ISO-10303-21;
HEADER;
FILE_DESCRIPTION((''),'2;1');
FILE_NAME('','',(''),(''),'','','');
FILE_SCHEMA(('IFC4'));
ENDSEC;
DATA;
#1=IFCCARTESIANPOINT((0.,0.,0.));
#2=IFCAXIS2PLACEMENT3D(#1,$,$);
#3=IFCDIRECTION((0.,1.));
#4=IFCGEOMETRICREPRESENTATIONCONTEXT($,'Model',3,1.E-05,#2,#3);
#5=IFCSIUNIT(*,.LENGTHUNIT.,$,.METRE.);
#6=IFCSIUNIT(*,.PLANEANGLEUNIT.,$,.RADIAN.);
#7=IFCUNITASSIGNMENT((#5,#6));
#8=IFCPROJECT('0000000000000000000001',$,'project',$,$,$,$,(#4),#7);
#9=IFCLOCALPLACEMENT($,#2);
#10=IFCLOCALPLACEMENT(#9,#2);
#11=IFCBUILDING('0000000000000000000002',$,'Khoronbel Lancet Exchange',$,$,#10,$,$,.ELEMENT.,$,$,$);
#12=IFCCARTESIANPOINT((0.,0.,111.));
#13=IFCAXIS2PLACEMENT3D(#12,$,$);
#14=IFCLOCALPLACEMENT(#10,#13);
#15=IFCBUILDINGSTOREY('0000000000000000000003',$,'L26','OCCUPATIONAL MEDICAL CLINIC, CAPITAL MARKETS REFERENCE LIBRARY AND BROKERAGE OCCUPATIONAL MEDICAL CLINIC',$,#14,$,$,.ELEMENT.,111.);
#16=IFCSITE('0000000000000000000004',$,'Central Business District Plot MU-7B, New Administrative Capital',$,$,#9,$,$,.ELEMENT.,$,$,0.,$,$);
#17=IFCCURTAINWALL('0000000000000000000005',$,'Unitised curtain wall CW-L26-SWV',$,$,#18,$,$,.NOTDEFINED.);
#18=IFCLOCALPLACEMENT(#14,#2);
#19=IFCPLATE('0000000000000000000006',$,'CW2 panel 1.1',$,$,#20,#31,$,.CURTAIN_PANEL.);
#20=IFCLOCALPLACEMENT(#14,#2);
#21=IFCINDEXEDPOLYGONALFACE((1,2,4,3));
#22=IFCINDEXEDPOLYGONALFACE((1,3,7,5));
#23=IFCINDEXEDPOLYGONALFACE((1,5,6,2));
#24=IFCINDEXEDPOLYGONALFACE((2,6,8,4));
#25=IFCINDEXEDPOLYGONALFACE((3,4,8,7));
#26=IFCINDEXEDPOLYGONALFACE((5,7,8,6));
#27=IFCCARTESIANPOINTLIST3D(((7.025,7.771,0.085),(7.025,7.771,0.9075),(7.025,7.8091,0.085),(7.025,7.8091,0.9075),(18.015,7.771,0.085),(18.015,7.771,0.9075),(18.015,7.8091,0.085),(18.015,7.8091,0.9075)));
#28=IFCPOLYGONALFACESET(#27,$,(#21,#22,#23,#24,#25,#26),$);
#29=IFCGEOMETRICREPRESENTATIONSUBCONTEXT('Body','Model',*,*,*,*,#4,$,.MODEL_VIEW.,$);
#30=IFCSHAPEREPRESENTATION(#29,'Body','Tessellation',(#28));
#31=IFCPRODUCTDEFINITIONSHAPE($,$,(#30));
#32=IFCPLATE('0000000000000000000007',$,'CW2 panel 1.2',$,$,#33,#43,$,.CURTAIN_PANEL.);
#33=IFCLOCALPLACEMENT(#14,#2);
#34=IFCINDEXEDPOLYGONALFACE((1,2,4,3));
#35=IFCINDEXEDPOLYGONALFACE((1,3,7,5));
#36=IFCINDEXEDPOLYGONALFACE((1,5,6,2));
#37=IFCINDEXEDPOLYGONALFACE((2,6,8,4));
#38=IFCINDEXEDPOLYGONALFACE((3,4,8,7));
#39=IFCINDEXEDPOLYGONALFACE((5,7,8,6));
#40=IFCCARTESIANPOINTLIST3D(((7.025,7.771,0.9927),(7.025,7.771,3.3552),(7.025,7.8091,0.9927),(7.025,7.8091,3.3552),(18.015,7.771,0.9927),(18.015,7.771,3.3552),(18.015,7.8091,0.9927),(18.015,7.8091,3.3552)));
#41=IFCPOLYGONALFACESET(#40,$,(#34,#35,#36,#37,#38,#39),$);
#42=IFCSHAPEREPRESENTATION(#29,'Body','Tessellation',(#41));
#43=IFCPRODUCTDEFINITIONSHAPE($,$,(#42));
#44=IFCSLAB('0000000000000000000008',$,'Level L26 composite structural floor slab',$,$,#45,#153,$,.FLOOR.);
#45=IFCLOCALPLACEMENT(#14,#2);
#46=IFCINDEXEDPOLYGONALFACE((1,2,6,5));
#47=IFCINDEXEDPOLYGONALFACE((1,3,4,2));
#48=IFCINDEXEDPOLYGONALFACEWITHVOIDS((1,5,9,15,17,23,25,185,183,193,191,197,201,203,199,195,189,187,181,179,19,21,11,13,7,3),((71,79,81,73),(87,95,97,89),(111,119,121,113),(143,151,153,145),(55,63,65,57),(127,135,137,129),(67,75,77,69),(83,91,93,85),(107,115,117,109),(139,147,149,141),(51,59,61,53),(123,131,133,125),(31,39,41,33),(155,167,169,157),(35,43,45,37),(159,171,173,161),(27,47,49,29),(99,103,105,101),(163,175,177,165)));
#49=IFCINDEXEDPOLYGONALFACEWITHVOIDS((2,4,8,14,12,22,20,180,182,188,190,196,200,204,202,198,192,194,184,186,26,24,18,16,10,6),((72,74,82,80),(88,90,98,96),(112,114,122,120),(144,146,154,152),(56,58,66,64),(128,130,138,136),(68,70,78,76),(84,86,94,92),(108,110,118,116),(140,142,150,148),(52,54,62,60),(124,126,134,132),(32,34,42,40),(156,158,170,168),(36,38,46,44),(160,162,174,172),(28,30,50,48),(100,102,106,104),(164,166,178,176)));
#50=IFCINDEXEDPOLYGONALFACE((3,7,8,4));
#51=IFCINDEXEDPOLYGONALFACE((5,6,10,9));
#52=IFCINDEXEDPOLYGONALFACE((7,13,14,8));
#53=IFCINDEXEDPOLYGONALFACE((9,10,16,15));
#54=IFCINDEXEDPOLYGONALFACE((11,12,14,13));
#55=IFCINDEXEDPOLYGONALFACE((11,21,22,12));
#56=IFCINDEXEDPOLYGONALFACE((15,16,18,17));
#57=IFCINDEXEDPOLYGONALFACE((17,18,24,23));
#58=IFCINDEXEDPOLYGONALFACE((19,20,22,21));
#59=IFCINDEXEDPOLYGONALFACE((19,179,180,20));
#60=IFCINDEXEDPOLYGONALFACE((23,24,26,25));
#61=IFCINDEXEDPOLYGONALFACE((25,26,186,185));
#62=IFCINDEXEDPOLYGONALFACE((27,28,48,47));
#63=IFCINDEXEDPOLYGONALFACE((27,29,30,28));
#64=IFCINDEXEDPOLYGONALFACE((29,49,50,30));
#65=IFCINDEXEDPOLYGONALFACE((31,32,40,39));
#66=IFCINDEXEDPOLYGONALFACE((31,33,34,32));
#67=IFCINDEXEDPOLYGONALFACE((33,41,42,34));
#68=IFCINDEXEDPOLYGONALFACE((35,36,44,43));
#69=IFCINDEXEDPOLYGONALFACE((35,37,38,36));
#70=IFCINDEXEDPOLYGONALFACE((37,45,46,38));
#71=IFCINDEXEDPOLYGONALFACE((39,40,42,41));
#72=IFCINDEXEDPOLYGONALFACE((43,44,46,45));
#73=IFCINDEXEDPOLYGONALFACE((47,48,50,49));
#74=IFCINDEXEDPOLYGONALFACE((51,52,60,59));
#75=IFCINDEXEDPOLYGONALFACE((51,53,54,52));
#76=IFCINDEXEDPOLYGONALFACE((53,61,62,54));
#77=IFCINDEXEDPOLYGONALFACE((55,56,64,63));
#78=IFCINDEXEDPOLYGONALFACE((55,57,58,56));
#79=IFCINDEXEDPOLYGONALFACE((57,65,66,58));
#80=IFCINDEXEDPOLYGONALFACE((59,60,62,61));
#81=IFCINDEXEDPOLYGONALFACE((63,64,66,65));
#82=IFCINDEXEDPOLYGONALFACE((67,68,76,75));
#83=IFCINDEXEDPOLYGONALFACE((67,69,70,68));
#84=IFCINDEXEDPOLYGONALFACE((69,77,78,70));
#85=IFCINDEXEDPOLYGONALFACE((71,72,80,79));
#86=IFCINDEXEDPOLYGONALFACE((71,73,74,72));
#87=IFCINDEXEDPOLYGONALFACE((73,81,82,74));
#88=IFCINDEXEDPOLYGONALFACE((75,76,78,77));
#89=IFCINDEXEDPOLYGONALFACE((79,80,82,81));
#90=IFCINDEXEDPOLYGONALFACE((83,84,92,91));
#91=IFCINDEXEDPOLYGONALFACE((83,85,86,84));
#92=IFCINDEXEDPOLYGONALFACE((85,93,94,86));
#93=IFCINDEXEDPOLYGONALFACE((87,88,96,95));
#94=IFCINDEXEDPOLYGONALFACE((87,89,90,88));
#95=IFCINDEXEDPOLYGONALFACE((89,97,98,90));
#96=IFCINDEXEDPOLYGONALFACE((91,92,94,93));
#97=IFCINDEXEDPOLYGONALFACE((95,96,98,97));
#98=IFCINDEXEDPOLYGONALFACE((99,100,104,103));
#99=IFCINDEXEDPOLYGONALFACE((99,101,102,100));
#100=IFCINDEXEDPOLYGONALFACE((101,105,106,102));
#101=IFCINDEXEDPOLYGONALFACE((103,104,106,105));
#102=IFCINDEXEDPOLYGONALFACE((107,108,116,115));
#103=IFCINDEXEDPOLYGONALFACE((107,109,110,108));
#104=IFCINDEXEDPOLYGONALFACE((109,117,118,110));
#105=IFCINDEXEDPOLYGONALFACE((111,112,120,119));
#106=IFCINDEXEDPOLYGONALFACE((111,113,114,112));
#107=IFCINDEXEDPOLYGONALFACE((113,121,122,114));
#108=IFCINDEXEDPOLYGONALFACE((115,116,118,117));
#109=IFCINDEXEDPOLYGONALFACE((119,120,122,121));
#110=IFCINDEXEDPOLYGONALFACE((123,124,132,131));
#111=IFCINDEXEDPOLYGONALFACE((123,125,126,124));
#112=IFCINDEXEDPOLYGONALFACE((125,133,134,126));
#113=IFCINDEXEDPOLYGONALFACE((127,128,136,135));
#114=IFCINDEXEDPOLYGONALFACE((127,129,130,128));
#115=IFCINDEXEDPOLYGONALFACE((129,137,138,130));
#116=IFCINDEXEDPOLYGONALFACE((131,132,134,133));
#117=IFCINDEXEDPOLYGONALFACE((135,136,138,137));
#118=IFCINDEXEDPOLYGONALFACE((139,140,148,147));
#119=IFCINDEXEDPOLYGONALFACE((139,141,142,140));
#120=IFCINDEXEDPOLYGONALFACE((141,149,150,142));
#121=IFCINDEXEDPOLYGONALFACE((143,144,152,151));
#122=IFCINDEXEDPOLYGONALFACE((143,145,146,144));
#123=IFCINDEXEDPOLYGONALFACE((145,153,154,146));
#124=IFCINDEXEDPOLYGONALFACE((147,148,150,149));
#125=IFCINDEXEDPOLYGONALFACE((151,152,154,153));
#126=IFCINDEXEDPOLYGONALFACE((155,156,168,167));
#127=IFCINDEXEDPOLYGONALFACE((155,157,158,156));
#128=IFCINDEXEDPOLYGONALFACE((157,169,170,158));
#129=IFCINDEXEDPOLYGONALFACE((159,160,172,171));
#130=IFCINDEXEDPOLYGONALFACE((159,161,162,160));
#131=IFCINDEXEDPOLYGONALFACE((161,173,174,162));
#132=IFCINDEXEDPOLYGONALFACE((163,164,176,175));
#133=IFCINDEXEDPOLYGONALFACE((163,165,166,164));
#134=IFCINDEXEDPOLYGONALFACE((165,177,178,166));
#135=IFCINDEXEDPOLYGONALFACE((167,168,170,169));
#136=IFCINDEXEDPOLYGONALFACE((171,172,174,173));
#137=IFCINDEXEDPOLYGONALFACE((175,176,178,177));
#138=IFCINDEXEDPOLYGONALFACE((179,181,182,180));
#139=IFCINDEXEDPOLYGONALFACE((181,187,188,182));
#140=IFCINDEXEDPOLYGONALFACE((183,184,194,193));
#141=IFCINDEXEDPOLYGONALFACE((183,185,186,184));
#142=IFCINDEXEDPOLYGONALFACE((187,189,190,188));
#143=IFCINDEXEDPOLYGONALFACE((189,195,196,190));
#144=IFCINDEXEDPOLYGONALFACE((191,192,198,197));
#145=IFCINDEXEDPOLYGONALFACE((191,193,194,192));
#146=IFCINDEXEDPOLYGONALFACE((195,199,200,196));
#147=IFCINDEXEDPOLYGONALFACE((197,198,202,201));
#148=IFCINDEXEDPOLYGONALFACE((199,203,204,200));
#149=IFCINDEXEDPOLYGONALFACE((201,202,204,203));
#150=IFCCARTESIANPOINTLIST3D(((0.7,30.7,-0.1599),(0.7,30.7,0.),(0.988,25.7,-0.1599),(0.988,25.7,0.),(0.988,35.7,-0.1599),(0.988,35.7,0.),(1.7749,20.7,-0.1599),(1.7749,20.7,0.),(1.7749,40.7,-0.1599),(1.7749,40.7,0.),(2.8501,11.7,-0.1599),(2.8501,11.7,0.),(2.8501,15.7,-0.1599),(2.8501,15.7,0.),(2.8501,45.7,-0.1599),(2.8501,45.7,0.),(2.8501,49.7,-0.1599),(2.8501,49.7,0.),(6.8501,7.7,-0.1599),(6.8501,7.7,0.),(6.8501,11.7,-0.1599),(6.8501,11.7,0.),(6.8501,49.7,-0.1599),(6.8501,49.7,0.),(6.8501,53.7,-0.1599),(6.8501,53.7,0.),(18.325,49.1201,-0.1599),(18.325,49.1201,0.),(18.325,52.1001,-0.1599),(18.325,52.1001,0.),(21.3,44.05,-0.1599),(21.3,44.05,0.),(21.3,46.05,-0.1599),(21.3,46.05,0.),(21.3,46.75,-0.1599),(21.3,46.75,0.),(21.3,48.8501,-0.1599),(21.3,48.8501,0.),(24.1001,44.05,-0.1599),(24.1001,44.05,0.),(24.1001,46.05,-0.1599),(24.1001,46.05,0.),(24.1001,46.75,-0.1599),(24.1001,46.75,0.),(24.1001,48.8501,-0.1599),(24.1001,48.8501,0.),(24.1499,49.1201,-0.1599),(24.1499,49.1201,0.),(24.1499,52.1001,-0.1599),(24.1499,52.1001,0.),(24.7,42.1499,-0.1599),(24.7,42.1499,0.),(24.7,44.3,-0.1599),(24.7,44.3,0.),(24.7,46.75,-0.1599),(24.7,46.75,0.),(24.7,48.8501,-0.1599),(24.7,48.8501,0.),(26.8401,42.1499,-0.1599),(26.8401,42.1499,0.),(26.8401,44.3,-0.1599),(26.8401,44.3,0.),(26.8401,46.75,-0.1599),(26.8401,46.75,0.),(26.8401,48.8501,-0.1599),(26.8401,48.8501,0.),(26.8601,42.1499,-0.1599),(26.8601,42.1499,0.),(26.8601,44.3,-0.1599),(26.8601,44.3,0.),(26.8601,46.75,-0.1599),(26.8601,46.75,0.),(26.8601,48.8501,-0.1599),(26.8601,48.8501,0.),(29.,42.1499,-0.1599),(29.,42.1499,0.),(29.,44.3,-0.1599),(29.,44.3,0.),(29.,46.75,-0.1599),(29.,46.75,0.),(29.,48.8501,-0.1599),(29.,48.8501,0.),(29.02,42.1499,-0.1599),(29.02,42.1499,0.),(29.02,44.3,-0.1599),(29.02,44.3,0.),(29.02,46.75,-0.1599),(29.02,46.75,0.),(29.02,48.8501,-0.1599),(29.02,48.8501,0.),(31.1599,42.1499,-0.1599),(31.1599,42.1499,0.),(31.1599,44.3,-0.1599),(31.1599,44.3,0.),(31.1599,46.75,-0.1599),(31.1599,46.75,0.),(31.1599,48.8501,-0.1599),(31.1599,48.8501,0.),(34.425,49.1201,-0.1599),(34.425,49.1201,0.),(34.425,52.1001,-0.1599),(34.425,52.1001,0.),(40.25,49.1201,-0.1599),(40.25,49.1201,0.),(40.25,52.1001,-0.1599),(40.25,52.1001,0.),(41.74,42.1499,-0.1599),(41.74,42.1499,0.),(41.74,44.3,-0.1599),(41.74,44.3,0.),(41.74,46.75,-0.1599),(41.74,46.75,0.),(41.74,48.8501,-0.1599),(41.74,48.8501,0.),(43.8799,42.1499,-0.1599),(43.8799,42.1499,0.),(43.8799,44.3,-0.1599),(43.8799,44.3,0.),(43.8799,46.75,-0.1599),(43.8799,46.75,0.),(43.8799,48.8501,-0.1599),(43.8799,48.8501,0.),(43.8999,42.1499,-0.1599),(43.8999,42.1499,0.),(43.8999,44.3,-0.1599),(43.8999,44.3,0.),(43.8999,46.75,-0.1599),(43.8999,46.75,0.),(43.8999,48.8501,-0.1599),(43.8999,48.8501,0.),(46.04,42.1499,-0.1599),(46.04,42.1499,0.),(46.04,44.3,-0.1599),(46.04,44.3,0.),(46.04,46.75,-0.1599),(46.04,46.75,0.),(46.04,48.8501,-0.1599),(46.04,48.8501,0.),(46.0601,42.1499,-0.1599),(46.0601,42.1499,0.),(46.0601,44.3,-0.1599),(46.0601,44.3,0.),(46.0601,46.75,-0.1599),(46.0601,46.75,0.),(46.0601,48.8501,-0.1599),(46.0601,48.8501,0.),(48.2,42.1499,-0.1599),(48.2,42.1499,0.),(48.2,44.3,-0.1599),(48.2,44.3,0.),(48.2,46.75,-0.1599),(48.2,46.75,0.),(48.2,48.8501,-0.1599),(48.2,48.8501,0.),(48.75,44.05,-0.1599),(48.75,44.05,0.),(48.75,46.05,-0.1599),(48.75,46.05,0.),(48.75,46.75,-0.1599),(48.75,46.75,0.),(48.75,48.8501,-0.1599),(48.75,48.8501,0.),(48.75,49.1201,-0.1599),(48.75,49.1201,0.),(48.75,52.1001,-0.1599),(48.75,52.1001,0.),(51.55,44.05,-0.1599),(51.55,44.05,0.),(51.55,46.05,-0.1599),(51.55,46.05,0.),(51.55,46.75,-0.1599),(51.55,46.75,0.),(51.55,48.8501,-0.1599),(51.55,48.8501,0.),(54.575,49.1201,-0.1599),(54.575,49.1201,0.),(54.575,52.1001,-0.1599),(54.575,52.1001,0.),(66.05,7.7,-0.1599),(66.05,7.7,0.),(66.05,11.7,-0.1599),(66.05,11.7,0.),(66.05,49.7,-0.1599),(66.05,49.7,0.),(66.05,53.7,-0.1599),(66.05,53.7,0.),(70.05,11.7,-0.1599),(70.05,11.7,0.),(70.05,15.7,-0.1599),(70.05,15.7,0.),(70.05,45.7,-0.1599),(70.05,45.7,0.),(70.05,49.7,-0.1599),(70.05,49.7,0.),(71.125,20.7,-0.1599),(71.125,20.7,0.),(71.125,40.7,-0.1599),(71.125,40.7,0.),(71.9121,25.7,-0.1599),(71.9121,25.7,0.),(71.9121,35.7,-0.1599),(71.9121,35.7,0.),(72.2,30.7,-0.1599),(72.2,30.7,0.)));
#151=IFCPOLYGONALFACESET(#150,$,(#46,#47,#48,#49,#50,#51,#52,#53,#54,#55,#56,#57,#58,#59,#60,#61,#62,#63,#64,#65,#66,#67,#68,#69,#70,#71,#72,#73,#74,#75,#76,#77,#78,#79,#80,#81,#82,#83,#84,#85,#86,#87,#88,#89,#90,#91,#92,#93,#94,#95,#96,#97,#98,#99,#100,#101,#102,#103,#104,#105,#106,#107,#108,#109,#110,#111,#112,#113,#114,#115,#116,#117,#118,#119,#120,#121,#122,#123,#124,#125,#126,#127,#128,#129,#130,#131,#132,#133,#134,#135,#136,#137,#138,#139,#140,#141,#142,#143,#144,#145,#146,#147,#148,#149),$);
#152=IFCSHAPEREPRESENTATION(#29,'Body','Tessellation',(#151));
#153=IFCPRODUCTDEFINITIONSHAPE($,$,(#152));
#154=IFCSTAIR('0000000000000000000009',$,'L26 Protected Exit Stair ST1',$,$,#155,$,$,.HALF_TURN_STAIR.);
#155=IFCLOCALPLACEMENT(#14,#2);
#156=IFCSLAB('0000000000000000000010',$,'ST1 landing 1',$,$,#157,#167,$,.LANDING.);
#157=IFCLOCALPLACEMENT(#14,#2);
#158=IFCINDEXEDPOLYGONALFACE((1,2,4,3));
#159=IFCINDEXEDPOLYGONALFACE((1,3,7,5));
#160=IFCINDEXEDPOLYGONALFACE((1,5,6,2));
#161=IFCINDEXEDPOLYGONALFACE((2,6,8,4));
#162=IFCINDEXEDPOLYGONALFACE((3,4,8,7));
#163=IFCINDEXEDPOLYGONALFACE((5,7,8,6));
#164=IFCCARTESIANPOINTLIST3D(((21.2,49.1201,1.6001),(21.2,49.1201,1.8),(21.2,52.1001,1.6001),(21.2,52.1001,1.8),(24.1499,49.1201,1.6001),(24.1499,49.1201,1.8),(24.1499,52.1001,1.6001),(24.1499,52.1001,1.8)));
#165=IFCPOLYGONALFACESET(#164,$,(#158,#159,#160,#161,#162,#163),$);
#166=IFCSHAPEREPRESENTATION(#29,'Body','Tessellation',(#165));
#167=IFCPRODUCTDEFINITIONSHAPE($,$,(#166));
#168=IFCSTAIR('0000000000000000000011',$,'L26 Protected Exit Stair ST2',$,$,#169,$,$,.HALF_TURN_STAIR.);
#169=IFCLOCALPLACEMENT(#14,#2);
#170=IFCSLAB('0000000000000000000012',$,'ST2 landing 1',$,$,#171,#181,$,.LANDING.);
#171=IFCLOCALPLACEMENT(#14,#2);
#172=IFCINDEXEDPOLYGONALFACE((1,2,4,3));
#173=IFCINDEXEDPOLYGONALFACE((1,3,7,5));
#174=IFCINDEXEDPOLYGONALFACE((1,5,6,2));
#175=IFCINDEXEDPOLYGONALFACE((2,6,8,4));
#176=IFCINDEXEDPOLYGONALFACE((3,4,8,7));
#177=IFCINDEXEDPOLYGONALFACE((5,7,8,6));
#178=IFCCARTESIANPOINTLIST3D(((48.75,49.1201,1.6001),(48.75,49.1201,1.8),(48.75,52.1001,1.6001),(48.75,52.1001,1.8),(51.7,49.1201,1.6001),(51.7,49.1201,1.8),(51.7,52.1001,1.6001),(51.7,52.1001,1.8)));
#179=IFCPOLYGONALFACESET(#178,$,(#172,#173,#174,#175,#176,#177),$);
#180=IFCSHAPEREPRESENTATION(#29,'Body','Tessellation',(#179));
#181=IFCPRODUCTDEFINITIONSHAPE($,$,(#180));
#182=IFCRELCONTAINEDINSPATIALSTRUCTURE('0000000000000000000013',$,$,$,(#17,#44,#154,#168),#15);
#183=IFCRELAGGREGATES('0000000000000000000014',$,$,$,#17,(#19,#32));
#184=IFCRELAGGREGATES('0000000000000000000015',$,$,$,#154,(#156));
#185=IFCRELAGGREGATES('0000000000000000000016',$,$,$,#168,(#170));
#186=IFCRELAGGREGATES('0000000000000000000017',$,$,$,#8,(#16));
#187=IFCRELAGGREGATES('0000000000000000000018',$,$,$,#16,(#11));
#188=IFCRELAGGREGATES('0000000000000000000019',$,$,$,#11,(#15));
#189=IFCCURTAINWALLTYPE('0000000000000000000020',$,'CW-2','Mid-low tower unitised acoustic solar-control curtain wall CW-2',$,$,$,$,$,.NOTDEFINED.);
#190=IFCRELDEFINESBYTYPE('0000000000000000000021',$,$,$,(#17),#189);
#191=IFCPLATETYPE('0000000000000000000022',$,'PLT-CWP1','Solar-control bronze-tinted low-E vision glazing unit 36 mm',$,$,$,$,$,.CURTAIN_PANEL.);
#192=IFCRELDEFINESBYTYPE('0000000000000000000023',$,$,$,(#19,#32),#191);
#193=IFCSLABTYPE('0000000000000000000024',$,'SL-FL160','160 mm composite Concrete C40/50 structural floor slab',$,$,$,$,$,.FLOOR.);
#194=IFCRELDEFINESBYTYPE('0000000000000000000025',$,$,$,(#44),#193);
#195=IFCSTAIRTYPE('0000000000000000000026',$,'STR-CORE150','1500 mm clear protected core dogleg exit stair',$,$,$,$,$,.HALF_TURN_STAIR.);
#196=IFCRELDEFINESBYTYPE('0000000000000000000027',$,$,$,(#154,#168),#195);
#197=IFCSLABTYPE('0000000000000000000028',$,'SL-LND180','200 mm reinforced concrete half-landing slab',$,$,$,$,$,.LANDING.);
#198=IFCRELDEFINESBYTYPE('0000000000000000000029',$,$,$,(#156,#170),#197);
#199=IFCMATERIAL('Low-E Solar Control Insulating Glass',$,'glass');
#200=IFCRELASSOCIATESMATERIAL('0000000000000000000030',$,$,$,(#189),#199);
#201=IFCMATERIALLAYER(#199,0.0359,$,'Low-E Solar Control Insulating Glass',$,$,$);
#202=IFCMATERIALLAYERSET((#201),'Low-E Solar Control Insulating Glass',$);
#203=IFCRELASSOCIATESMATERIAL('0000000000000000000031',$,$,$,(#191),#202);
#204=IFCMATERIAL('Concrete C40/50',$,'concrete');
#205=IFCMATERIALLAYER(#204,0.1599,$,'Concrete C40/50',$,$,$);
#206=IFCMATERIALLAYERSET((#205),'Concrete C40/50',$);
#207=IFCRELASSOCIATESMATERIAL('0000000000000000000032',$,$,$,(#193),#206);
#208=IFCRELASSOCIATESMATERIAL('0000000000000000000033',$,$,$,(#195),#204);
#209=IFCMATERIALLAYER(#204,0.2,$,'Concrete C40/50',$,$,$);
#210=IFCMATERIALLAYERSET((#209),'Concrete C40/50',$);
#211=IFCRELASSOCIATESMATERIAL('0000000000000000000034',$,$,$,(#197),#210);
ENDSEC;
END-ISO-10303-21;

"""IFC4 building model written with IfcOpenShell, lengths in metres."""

from ifc_helpers import new_model, si_unit, direction, frame, origin, origin_2d, place, context, subcontext, project, spatial, polyline, rectangle, outline, extrude, material, layer, layer_set, type_object, element, aggregate, save


model = new_model("IFC4")

# Units and contexts
model_context = context("Model", 3, precision=1e-05, world=origin(), true_north=direction((0.0, 1.0)))
body_context = subcontext(model_context, "Body", "Model", "MODEL_VIEW")
ifc_project = project(units=[si_unit("LENGTHUNIT", "METRE"), si_unit("PLANEANGLEUNIT", "RADIAN")], contexts=[model_context])

# Site, building, storey
site_placement = place(None, origin())
site = spatial("IfcSite", under=ifc_project, at=site_placement, Name="Central Business District Plot MU-7B, New Administrative Capital", CompositionType="ELEMENT", RefElevation=0.0)
building_placement = place(site_placement, origin())
building = spatial("IfcBuilding", under=site, at=building_placement, Name="Khoronbel Lancet Exchange", CompositionType="ELEMENT")
storey_placement = place(building_placement, frame((0.0, 0.0, 111.0)))
storey = spatial("IfcBuildingStorey", under=building, at=storey_placement, Name="L26", Description="OCCUPATIONAL MEDICAL CLINIC, CAPITAL MARKETS REFERENCE LIBRARY AND BROKERAGE OCCUPATIONAL MEDICAL CLINIC", CompositionType="ELEMENT", Elevation=111.0)

# Curtain wall
ifc_material_1 = material(Name="Low-E Solar Control Insulating Glass", Category="glass")
curtain_wall_type = type_object("IfcCurtainWallType", Name="CW-2", Description="Mid-low tower unitised acoustic solar-control curtain wall CW-2", PredefinedType="NOTDEFINED", material=ifc_material_1)
curtain_wall_1_placement = place(storey_placement, origin())
curtain_wall_1 = element("IfcCurtainWall", 1, at=curtain_wall_1_placement, inside=storey, type_object=curtain_wall_type, Name="Unitised curtain wall CW-L26-SWV", PredefinedType="NOTDEFINED")

# Plates
ifc_layer_1 = layer(ifc_material_1, 0.0359, Name="Low-E Solar Control Insulating Glass")
ifc_layer_set_1 = layer_set([ifc_layer_1], Name="Low-E Solar Control Insulating Glass")
plate_type = type_object("IfcPlateType", Name="PLT-CWP1", Description="Solar-control bronze-tinted low-E vision glazing unit 36 mm", PredefinedType="CURTAIN_PANEL", material=ifc_layer_set_1)
plate_1_placement = place(storey_placement, frame((12.52, 7.79, 0.085), z_axis=(0.0, 0.0, 1.0), x_axis=(1.0, 0.0, 0.0)))
plate_1 = element("IfcPlate", 2, at=plate_1_placement, type_object=plate_type, Name="CW2 panel 1.1", PredefinedType="CURTAIN_PANEL", context=body_context, shape_type="SweptSolid", body=[
    extrude(rectangle(XDim=10.99, YDim=0.0381, at=origin_2d()), origin(), (0.0, 0.0, 1.0), 0.8225),
])
plate_2_placement = place(storey_placement, frame((12.52, 7.79, 0.9927), z_axis=(0.0, 0.0, 1.0), x_axis=(1.0, 0.0, 0.0)))
plate_2 = element("IfcPlate", 3, at=plate_2_placement, type_object=plate_type, Name="CW2 panel 1.2", PredefinedType="CURTAIN_PANEL", context=body_context, shape_type="SweptSolid", body=[
    extrude(rectangle(XDim=10.99, YDim=0.0381, at=origin_2d()), origin(), (0.0, 0.0, 1.0), 2.3625),
])
aggregate(curtain_wall_1, [plate_1, plate_2])

# Slab
ifc_material_2 = material(Name="Concrete C40/50", Category="concrete")
ifc_layer_2 = layer(ifc_material_2, 0.1599, Name="Concrete C40/50")
ifc_layer_set_2 = layer_set([ifc_layer_2], Name="Concrete C40/50")
slab_type_1 = type_object("IfcSlabType", Name="SL-FL160", Description="160 mm composite Concrete C40/50 structural floor slab", PredefinedType="FLOOR", material=ifc_layer_set_2)
slab_1_placement = place(storey_placement, frame((0.0, 0.0, -0.1599)))
element("IfcSlab", 4, at=slab_1_placement, inside=storey, type_object=slab_type_1, Name="Level L26 composite structural floor slab", PredefinedType="FLOOR", context=body_context, shape_type="SweptSolid", body=[
    extrude(outline(polyline([(6.8501, 7.7), (66.05, 7.7), (66.05, 11.7), (70.05, 11.7), (70.05, 15.7), (71.125, 20.7), (71.9121, 25.7), (72.2, 30.7), (71.9121, 35.7), (71.125, 40.7), (70.05, 45.7), (70.05, 49.7), (66.05, 49.7), (66.05, 53.7), (6.8501, 53.7), (6.8501, 49.7), (2.8501, 49.7), (2.8501, 45.7), (1.7749, 40.7), (0.988, 35.7), (0.7, 30.7), (0.988, 25.7), (1.7749, 20.7), (2.8501, 15.7), (2.8501, 11.7), (6.8501, 11.7), (6.8501, 7.7)]), holes=[polyline([(18.325, 49.1201), (24.1499, 49.1201), (24.1499, 52.1001), (18.325, 52.1001), (18.325, 49.1201)]), polyline([(48.75, 49.1201), (54.575, 49.1201), (54.575, 52.1001), (48.75, 52.1001), (48.75, 49.1201)]), polyline([(34.425, 49.1201), (40.25, 49.1201), (40.25, 52.1001), (34.425, 52.1001), (34.425, 49.1201)]), polyline([(24.7, 46.75), (26.8401, 46.75), (26.8401, 48.8501), (24.7, 48.8501), (24.7, 46.75)]), polyline([(26.8601, 46.75), (29.0, 46.75), (29.0, 48.8501), (26.8601, 48.8501), (26.8601, 46.75)]), polyline([(29.02, 46.75), (31.1599, 46.75), (31.1599, 48.8501), (29.02, 48.8501), (29.02, 46.75)]), polyline([(24.7, 42.1499), (26.8401, 42.1499), (26.8401, 44.3), (24.7, 44.3), (24.7, 42.1499)]), polyline([(26.8601, 42.1499), (29.0, 42.1499), (29.0, 44.3), (26.8601, 44.3), (26.8601, 42.1499)]), polyline([(29.02, 42.1499), (31.1599, 42.1499), (31.1599, 44.3), (29.02, 44.3), (29.02, 42.1499)]), polyline([(41.74, 46.75), (43.8799, 46.75), (43.8799, 48.8501), (41.74, 48.8501), (41.74, 46.75)]), polyline([(43.8999, 46.75), (46.04, 46.75), (46.04, 48.8501), (43.8999, 48.8501), (43.8999, 46.75)]), polyline([(46.0601, 46.75), (48.2, 46.75), (48.2, 48.8501), (46.0601, 48.8501), (46.0601, 46.75)]), polyline([(41.74, 42.1499), (43.8799, 42.1499), (43.8799, 44.3), (41.74, 44.3), (41.74, 42.1499)]), polyline([(43.8999, 42.1499), (46.04, 42.1499), (46.04, 44.3), (43.8999, 44.3), (43.8999, 42.1499)]), polyline([(46.0601, 42.1499), (48.2, 42.1499), (48.2, 44.3), (46.0601, 44.3), (46.0601, 42.1499)]), polyline([(21.3, 46.75), (24.1001, 46.75), (24.1001, 48.8501), (21.3, 48.8501), (21.3, 46.75)]), polyline([(48.75, 46.75), (51.55, 46.75), (51.55, 48.8501), (48.75, 48.8501), (48.75, 46.75)]), polyline([(21.3, 44.05), (24.1001, 44.05), (24.1001, 46.05), (21.3, 46.05), (21.3, 44.05)]), polyline([(48.75, 44.05), (51.55, 44.05), (51.55, 46.05), (48.75, 46.05), (48.75, 44.05)])]), origin(), (0.0, 0.0, 1.0), 0.1599),
])

# Stairs, slabs
stair_type = type_object("IfcStairType", Name="STR-CORE150", Description="1500 mm clear protected core dogleg exit stair", PredefinedType="HALF_TURN_STAIR", material=ifc_material_2)
stair_1_placement = place(storey_placement, origin())
stair_1 = element("IfcStair", 5, at=stair_1_placement, inside=storey, type_object=stair_type, Name="L26 Protected Exit Stair ST1", PredefinedType="HALF_TURN_STAIR")
ifc_layer_3 = layer(ifc_material_2, 0.2, Name="Concrete C40/50")
ifc_layer_set_3 = layer_set([ifc_layer_3], Name="Concrete C40/50")
slab_type_2 = type_object("IfcSlabType", Name="SL-LND180", Description="200 mm reinforced concrete half-landing slab", PredefinedType="LANDING", material=ifc_layer_set_3)
slab_2_placement = place(storey_placement, frame((0.0, 0.0, 1.6001)))
slab_2 = element("IfcSlab", 6, at=slab_2_placement, type_object=slab_type_2, Name="ST1 landing 1", PredefinedType="LANDING", context=body_context, shape_type="SweptSolid", body=[
    extrude(outline(polyline([(21.2, 49.1201), (24.1499, 49.1201), (24.1499, 52.1001), (21.2, 52.1001), (21.2, 49.1201)])), origin(), (0.0, 0.0, 1.0), 0.2),
])
aggregate(stair_1, [slab_2])
stair_2_placement = place(storey_placement, origin())
stair_2 = element("IfcStair", 7, at=stair_2_placement, inside=storey, type_object=stair_type, Name="L26 Protected Exit Stair ST2", PredefinedType="HALF_TURN_STAIR")
slab_3_placement = place(storey_placement, frame((0.0, 0.0, 1.6001)))
slab_3 = element("IfcSlab", 8, at=slab_3_placement, type_object=slab_type_2, Name="ST2 landing 1", PredefinedType="LANDING", context=body_context, shape_type="SweptSolid", body=[
    extrude(outline(polyline([(51.7, 52.1001), (48.75, 52.1001), (48.75, 49.1201), (51.7, 49.1201), (51.7, 52.1001)])), origin(), (0.0, 0.0, 1.0), 0.2),
])
aggregate(stair_2, [slab_3])

save(model, "model.ifc")
